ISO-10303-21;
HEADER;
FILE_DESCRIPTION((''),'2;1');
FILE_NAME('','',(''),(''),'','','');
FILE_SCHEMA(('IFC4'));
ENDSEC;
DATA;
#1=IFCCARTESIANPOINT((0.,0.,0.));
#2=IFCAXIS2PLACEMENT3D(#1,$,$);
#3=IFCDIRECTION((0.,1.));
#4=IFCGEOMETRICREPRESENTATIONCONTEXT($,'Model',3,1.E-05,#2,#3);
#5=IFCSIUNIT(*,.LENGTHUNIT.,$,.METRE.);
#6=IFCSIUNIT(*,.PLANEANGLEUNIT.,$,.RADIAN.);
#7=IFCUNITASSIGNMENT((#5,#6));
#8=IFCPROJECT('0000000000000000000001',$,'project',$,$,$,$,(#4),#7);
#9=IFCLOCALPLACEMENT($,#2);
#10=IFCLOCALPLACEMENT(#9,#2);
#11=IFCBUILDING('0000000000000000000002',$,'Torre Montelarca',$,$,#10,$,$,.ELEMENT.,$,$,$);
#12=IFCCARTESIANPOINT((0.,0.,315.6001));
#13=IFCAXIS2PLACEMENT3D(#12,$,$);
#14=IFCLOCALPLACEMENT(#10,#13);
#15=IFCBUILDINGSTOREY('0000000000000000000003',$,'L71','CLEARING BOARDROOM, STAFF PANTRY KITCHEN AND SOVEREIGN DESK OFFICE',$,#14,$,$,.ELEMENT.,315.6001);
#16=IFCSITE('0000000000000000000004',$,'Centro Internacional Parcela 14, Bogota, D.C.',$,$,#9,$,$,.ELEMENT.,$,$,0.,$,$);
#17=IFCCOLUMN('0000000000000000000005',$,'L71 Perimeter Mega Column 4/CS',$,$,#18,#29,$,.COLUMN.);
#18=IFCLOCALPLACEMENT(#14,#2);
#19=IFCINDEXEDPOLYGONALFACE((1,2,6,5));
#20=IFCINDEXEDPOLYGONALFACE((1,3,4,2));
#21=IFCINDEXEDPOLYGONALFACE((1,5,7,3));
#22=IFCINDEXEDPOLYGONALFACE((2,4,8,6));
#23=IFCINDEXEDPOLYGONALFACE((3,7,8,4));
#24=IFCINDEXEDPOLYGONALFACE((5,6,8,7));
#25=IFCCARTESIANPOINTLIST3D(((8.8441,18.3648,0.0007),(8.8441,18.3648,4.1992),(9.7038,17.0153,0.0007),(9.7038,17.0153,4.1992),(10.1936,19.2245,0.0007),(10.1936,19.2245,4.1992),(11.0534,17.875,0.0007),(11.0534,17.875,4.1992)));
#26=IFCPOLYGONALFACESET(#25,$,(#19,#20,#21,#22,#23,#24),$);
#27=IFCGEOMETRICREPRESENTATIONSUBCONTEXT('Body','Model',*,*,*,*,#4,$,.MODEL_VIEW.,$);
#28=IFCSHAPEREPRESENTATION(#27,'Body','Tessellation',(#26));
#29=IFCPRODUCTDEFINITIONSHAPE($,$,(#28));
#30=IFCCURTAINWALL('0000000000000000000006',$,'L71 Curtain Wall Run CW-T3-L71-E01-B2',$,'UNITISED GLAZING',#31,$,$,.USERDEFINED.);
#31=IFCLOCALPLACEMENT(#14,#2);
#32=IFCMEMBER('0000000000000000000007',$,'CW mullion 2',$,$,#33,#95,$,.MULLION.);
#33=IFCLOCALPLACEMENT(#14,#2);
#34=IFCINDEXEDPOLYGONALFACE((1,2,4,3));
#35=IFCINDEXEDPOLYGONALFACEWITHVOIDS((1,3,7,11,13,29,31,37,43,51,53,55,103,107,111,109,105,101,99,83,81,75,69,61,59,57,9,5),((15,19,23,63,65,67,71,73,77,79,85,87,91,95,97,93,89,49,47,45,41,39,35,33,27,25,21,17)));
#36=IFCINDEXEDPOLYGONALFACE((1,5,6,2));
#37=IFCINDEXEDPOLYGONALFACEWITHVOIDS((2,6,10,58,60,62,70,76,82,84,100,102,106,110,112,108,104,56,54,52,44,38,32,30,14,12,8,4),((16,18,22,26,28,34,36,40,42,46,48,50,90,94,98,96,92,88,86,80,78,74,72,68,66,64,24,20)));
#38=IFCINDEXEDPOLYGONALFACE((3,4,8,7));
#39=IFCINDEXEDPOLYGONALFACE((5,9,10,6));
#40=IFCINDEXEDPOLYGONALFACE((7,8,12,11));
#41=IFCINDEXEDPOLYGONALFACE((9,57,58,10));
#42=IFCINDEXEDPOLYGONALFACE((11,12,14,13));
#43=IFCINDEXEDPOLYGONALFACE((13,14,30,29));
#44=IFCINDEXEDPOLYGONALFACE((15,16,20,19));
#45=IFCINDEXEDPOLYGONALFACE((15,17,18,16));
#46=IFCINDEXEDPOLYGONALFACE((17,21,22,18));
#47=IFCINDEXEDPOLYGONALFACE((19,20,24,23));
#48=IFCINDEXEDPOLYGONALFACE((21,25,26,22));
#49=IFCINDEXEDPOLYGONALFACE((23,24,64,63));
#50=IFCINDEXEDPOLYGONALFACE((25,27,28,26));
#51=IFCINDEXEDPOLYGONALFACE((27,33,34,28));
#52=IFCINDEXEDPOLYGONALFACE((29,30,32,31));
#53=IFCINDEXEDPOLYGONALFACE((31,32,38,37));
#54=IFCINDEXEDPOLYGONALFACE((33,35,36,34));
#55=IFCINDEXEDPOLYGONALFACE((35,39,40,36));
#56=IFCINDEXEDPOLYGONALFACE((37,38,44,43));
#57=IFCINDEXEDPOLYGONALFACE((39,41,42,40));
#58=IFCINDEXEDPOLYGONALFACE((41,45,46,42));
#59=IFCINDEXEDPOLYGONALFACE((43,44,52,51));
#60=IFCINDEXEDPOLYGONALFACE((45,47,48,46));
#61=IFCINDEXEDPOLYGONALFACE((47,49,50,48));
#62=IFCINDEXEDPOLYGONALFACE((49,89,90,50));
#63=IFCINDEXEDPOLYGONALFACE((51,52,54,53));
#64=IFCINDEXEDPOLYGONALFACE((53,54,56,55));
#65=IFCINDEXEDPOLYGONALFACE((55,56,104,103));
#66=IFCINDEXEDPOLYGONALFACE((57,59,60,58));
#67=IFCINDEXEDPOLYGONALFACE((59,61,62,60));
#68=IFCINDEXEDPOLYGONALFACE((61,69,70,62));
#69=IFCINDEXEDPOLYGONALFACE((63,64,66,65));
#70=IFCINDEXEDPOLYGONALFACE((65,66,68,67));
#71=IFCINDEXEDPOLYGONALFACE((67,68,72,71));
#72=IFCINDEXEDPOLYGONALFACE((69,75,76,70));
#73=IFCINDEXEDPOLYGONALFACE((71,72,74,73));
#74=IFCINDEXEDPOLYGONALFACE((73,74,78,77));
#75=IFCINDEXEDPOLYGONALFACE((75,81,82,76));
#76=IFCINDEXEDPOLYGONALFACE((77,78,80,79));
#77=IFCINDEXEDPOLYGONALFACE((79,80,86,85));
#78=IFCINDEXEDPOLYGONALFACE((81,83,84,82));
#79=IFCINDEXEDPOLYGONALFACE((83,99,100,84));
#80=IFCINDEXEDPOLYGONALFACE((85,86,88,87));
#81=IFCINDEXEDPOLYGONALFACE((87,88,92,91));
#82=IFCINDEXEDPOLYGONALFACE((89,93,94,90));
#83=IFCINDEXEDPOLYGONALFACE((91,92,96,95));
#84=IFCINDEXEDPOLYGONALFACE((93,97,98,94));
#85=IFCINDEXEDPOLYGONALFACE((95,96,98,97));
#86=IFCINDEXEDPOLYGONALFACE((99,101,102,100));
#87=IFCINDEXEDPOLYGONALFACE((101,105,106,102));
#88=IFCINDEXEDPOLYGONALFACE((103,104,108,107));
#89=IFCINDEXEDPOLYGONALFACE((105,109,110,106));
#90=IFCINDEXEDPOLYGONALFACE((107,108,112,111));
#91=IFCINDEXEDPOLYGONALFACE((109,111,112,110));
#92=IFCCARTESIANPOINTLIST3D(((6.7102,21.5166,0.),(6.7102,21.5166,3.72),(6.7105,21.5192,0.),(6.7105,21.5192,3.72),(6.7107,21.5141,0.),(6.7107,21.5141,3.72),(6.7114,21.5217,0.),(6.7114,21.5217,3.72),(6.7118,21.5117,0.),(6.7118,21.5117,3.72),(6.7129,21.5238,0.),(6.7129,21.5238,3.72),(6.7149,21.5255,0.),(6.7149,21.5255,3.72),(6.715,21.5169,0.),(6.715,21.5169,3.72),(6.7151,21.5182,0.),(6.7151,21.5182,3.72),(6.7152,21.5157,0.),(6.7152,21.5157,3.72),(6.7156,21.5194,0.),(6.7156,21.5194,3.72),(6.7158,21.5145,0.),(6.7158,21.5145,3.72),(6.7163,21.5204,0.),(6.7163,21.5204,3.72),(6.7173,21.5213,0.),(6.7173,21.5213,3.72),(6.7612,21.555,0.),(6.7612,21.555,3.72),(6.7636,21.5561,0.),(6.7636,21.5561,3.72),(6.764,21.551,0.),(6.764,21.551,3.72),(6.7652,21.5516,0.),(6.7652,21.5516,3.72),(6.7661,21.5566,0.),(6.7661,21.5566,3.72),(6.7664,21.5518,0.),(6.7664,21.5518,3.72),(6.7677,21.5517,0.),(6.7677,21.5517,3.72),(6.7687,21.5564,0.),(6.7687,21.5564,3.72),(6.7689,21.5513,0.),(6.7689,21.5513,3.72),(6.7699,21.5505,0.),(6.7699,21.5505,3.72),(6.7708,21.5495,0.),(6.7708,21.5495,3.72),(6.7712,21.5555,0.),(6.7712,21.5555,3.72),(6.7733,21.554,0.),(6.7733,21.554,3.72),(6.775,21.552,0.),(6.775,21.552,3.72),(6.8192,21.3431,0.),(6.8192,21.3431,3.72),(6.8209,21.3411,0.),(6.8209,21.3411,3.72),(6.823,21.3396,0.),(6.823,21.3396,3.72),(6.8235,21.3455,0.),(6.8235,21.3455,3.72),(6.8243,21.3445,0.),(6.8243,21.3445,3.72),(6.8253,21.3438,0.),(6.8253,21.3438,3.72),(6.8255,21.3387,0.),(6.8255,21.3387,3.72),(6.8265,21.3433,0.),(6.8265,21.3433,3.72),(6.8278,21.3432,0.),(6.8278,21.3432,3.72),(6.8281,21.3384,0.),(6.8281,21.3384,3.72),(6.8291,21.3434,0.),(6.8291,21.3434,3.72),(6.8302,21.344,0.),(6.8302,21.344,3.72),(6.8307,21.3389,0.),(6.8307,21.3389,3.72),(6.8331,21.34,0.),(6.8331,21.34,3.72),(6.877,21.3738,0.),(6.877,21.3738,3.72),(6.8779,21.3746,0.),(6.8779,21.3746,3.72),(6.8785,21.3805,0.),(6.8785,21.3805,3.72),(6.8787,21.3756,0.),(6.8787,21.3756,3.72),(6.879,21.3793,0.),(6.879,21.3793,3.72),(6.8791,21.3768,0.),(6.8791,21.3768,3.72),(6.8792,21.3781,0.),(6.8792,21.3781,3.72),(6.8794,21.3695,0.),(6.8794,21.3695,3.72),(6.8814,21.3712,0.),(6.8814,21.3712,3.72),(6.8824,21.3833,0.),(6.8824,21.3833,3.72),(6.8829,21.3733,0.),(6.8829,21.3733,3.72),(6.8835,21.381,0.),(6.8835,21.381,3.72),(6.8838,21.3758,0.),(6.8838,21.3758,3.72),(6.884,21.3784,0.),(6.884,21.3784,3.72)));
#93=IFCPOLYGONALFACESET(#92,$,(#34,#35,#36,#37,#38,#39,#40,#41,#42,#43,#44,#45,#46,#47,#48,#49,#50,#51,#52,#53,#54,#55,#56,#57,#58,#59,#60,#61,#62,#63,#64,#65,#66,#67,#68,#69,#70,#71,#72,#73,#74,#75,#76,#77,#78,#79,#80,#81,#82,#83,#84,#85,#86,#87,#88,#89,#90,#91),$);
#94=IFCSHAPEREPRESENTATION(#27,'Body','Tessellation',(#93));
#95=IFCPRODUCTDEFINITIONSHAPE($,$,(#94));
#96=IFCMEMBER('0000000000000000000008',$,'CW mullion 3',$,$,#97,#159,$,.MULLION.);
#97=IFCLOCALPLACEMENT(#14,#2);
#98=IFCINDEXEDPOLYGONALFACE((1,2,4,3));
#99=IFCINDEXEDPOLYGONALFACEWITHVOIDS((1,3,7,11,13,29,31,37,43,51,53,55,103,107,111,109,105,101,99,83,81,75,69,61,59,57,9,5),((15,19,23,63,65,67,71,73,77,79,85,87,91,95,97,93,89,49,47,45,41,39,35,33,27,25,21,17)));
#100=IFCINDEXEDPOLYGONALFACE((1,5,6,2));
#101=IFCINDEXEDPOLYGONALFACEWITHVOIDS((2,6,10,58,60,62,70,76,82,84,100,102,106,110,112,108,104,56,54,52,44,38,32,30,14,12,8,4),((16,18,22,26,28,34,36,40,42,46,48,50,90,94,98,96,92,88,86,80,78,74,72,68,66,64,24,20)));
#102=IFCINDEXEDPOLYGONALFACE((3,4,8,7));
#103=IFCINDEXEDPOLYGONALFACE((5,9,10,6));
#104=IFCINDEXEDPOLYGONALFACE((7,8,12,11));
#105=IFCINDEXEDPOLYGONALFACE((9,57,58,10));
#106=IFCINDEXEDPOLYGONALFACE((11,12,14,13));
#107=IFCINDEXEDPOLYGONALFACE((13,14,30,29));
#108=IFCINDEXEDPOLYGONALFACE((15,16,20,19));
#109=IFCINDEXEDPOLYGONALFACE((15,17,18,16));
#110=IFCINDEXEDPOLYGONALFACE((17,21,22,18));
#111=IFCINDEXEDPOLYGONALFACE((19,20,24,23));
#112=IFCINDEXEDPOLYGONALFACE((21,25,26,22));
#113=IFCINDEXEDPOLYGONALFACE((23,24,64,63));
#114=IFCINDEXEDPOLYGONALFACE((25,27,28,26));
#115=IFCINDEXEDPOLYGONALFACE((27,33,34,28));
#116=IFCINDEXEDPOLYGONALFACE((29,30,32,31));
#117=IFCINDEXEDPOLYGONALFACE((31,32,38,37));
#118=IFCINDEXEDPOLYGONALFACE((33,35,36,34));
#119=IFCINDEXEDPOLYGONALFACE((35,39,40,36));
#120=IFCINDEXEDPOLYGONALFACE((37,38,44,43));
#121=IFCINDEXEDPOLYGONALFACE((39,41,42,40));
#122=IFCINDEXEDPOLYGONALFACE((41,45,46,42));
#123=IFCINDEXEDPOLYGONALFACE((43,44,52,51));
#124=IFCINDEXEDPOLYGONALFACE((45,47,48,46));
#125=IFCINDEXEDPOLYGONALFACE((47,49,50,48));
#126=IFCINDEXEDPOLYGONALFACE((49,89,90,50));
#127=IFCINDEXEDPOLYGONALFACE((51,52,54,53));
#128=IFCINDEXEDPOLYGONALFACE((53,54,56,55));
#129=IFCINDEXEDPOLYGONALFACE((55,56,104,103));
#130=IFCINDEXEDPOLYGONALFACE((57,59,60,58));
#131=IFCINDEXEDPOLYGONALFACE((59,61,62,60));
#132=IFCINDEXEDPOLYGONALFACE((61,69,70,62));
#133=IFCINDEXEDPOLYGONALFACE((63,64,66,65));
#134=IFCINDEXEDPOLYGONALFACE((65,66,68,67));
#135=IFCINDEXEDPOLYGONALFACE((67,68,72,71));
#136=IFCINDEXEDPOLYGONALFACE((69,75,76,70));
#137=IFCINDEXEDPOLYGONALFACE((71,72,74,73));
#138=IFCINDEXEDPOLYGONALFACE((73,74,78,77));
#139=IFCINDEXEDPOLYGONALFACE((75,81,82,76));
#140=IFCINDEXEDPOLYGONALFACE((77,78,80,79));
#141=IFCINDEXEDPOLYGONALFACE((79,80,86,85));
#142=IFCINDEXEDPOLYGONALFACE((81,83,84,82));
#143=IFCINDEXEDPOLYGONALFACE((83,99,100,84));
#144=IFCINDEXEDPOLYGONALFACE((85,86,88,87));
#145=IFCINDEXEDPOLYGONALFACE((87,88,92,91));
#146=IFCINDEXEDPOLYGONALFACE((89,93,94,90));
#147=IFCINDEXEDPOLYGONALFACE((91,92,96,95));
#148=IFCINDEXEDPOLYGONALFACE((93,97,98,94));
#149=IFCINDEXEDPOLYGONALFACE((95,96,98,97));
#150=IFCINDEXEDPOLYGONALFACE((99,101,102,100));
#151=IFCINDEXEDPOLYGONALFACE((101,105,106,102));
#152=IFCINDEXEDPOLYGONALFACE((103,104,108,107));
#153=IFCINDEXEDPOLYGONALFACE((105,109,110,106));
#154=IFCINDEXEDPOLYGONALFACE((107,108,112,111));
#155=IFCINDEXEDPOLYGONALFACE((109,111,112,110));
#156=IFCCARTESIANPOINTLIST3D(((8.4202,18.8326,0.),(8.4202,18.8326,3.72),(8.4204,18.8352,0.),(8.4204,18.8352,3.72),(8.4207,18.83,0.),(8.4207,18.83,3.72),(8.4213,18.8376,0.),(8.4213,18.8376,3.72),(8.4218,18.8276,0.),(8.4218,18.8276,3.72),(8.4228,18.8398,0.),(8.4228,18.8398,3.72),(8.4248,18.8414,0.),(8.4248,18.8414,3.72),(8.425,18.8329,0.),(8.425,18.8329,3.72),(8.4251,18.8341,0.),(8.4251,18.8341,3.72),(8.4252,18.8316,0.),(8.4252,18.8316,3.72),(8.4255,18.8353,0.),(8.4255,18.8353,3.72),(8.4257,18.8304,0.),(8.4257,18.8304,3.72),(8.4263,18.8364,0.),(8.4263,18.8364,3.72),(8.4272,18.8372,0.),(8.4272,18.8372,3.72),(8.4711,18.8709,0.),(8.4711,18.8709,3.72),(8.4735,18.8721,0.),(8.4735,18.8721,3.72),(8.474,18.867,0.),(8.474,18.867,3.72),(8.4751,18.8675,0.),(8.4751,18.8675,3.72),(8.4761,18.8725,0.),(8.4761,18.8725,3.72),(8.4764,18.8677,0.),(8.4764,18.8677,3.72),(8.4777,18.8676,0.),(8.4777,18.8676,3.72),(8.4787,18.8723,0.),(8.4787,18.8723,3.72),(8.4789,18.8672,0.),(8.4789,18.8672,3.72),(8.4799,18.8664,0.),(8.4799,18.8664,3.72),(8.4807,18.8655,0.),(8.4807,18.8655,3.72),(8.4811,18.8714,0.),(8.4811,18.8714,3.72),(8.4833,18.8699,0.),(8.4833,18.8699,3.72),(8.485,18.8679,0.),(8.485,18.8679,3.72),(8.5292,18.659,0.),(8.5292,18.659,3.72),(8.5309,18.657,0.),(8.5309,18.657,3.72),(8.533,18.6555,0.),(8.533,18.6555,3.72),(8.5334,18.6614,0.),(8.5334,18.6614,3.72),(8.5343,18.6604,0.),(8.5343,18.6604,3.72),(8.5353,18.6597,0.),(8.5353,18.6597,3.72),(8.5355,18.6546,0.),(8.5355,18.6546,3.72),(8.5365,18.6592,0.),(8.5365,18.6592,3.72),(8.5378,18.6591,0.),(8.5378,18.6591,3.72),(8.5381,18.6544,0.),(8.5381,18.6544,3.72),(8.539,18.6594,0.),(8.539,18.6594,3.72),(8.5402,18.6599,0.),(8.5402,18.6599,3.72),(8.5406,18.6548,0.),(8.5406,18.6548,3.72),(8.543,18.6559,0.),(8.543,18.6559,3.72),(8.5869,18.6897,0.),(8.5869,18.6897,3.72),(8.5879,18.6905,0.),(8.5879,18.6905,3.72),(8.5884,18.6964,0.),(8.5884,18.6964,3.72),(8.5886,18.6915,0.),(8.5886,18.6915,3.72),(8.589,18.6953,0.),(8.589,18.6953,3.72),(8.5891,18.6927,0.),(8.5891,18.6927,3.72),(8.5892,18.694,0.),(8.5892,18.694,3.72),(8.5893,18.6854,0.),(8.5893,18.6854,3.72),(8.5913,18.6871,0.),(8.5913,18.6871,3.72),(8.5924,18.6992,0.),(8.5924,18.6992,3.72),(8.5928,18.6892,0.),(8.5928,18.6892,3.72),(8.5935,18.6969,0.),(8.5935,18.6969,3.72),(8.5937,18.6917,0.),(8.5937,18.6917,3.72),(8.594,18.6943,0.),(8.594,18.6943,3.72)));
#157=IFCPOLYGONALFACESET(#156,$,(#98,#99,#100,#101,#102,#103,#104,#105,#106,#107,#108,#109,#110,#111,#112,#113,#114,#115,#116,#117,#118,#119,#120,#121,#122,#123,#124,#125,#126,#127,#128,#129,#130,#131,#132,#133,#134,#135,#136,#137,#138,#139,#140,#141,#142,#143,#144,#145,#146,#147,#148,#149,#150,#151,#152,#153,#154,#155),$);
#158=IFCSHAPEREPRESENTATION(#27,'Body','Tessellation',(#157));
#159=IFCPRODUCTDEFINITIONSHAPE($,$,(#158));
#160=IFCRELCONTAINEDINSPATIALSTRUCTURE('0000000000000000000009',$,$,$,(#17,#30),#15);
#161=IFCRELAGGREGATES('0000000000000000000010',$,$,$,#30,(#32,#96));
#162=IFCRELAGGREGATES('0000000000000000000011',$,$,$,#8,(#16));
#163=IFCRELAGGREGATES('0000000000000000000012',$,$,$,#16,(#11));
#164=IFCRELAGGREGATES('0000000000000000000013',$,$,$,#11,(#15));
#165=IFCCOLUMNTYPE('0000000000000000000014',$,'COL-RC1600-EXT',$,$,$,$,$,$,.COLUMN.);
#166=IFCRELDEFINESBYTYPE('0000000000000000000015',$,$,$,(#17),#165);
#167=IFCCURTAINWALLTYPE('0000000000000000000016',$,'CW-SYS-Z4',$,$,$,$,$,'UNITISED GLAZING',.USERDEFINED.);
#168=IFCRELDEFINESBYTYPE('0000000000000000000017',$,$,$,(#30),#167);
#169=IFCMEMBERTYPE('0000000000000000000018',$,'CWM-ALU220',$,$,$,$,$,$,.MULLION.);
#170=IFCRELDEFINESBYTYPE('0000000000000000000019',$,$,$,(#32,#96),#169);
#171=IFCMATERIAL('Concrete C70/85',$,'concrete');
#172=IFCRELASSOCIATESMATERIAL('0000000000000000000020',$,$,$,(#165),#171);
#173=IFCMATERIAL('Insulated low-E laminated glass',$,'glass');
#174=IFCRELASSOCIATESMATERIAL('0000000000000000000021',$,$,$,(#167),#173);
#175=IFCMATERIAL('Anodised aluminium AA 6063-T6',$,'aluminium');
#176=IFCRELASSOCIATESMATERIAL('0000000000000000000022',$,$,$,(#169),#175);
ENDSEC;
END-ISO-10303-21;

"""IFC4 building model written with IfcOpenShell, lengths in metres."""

from ifc_helpers import new_model, si_unit, direction, frame, origin, origin_2d, place, context, subcontext, project, spatial, rectangle, hollow_rectangle, extrude, source, transform, mapped, material, material_profile, profile_set, type_object, element, aggregate, save


model = new_model("IFC4")

# Units and contexts
model_context = context("Model", 3, precision=1e-05, world=origin(), true_north=direction((0.0, 1.0)))
body_context = subcontext(model_context, "Body", "Model", "MODEL_VIEW")
ifc_project = project(units=[si_unit("LENGTHUNIT", "METRE"), si_unit("PLANEANGLEUNIT", "RADIAN")], contexts=[model_context])

# Site, building, storey
site_placement = place(None, origin())
site = spatial("IfcSite", under=ifc_project, at=site_placement, Name="Centro Internacional Parcela 14, Bogota, D.C.", CompositionType="ELEMENT", RefElevation=0.0)
building_placement = place(site_placement, origin())
building = spatial("IfcBuilding", under=site, at=building_placement, Name="Torre Montelarca", CompositionType="ELEMENT")
storey_placement = place(building_placement, frame((0.0, 0.0, 315.6001)))
storey = spatial("IfcBuildingStorey", under=building, at=storey_placement, Name="L71", Description="CLEARING BOARDROOM, STAFF PANTRY KITCHEN AND SOVEREIGN DESK OFFICE", CompositionType="ELEMENT", Elevation=315.6001)

# Column
ifc_material_1 = material(Name="Concrete C70/85", Category="concrete")
ifc_material_profile_1 = material_profile(ifc_material_1, rectangle(XDim=1.6001, YDim=1.6001, at=origin_2d()), Name="RC1600X1600", Category="concrete")
ifc_profile_set_1 = profile_set([ifc_material_profile_1], Name="Concrete C70/85")
column_type = type_object("IfcColumnType", Name="COL-RC1600-EXT", PredefinedType="COLUMN", material=ifc_profile_set_1)
shared_shape_1 = source(origin(), body_context, "Body", "SweptSolid", [
    extrude(rectangle(XDim=1.6001, YDim=1.6001, at=origin_2d()), origin(), (0.0, 0.0, 1.0), 4.1985),
])
column_placement = place(storey_placement, frame((9.9487, 18.1199, 0.0007), z_axis=(0.0, 0.0, 1.0), x_axis=(-0.5373, 0.843391, 0.0)))
element("IfcColumn", 1, at=column_placement, inside=storey, type_object=column_type, Name="L71 Perimeter Mega Column 4/CS", PredefinedType="COLUMN", context=body_context, shape_type="MappedRepresentation", body=[
    mapped(shared_shape_1, transform((0.0, 0.0, 0.0), scale=1.0)),
])

# Curtain wall, members
ifc_material_2 = material(Name="Insulated low-E laminated glass", Category="glass")
curtain_wall_type = type_object("IfcCurtainWallType", Name="CW-SYS-Z4", ElementType="UNITISED GLAZING", PredefinedType="USERDEFINED", material=ifc_material_2)
curtain_wall_1_placement = place(storey_placement, origin())
curtain_wall_1 = element("IfcCurtainWall", 2, at=curtain_wall_1_placement, inside=storey, type_object=curtain_wall_type, Name="L71 Curtain Wall Run CW-T3-L71-E01-B2", ObjectType="UNITISED GLAZING", PredefinedType="USERDEFINED")
ifc_material_3 = material(Name="Anodised aluminium AA 6063-T6", Category="aluminium")
ifc_material_profile_2 = material_profile(ifc_material_3, hollow_rectangle(XDim=0.075, YDim=0.22, WallThickness=0.0049, InnerFilletRadius=0.0049, OuterFilletRadius=0.01, at=origin_2d()), Name="ALU75X220X5", Category="aluminium")
ifc_profile_set_2 = profile_set([ifc_material_profile_2], Name="Anodised aluminium AA 6063-T6")
member_type_1 = type_object("IfcMemberType", Name="CWM-ALU220", PredefinedType="MULLION", material=ifc_profile_set_2)
shared_shape_2 = source(origin(), body_context, "Body", "SweptSolid", [
    extrude(hollow_rectangle(XDim=0.075, YDim=0.22, WallThickness=0.0049, InnerFilletRadius=0.0049, OuterFilletRadius=0.01, at=origin_2d()), origin(), (0.0, 0.0, 1.0), 3.72),
])
member_1_placement = place(storey_placement, frame((6.7971, 21.4475, 0.0), z_axis=(0.0, 0.0, 1.0), x_axis=(0.84339, 0.537301, 0.0)))
member_1 = element("IfcMember", 3, at=member_1_placement, type_object=member_type_1, Name="CW mullion 2", PredefinedType="MULLION", context=body_context, shape_type="MappedRepresentation", body=[
    mapped(shared_shape_2, transform((0.0, 0.0, 0.0), scale=1.0)),
])
member_2_placement = place(storey_placement, frame((8.5071, 18.7634, 0.0), z_axis=(0.0, 0.0, 1.0), x_axis=(0.84339, 0.537301, 0.0)))
member_2 = element("IfcMember", 4, at=member_2_placement, type_object=member_type_1, Name="CW mullion 3", PredefinedType="MULLION", context=body_context, shape_type="MappedRepresentation", body=[
    mapped(shared_shape_2, transform((0.0, 0.0, 0.0), scale=1.0)),
])

aggregate(curtain_wall_1, [member_1, member_2])

save(model, "model.ifc")
